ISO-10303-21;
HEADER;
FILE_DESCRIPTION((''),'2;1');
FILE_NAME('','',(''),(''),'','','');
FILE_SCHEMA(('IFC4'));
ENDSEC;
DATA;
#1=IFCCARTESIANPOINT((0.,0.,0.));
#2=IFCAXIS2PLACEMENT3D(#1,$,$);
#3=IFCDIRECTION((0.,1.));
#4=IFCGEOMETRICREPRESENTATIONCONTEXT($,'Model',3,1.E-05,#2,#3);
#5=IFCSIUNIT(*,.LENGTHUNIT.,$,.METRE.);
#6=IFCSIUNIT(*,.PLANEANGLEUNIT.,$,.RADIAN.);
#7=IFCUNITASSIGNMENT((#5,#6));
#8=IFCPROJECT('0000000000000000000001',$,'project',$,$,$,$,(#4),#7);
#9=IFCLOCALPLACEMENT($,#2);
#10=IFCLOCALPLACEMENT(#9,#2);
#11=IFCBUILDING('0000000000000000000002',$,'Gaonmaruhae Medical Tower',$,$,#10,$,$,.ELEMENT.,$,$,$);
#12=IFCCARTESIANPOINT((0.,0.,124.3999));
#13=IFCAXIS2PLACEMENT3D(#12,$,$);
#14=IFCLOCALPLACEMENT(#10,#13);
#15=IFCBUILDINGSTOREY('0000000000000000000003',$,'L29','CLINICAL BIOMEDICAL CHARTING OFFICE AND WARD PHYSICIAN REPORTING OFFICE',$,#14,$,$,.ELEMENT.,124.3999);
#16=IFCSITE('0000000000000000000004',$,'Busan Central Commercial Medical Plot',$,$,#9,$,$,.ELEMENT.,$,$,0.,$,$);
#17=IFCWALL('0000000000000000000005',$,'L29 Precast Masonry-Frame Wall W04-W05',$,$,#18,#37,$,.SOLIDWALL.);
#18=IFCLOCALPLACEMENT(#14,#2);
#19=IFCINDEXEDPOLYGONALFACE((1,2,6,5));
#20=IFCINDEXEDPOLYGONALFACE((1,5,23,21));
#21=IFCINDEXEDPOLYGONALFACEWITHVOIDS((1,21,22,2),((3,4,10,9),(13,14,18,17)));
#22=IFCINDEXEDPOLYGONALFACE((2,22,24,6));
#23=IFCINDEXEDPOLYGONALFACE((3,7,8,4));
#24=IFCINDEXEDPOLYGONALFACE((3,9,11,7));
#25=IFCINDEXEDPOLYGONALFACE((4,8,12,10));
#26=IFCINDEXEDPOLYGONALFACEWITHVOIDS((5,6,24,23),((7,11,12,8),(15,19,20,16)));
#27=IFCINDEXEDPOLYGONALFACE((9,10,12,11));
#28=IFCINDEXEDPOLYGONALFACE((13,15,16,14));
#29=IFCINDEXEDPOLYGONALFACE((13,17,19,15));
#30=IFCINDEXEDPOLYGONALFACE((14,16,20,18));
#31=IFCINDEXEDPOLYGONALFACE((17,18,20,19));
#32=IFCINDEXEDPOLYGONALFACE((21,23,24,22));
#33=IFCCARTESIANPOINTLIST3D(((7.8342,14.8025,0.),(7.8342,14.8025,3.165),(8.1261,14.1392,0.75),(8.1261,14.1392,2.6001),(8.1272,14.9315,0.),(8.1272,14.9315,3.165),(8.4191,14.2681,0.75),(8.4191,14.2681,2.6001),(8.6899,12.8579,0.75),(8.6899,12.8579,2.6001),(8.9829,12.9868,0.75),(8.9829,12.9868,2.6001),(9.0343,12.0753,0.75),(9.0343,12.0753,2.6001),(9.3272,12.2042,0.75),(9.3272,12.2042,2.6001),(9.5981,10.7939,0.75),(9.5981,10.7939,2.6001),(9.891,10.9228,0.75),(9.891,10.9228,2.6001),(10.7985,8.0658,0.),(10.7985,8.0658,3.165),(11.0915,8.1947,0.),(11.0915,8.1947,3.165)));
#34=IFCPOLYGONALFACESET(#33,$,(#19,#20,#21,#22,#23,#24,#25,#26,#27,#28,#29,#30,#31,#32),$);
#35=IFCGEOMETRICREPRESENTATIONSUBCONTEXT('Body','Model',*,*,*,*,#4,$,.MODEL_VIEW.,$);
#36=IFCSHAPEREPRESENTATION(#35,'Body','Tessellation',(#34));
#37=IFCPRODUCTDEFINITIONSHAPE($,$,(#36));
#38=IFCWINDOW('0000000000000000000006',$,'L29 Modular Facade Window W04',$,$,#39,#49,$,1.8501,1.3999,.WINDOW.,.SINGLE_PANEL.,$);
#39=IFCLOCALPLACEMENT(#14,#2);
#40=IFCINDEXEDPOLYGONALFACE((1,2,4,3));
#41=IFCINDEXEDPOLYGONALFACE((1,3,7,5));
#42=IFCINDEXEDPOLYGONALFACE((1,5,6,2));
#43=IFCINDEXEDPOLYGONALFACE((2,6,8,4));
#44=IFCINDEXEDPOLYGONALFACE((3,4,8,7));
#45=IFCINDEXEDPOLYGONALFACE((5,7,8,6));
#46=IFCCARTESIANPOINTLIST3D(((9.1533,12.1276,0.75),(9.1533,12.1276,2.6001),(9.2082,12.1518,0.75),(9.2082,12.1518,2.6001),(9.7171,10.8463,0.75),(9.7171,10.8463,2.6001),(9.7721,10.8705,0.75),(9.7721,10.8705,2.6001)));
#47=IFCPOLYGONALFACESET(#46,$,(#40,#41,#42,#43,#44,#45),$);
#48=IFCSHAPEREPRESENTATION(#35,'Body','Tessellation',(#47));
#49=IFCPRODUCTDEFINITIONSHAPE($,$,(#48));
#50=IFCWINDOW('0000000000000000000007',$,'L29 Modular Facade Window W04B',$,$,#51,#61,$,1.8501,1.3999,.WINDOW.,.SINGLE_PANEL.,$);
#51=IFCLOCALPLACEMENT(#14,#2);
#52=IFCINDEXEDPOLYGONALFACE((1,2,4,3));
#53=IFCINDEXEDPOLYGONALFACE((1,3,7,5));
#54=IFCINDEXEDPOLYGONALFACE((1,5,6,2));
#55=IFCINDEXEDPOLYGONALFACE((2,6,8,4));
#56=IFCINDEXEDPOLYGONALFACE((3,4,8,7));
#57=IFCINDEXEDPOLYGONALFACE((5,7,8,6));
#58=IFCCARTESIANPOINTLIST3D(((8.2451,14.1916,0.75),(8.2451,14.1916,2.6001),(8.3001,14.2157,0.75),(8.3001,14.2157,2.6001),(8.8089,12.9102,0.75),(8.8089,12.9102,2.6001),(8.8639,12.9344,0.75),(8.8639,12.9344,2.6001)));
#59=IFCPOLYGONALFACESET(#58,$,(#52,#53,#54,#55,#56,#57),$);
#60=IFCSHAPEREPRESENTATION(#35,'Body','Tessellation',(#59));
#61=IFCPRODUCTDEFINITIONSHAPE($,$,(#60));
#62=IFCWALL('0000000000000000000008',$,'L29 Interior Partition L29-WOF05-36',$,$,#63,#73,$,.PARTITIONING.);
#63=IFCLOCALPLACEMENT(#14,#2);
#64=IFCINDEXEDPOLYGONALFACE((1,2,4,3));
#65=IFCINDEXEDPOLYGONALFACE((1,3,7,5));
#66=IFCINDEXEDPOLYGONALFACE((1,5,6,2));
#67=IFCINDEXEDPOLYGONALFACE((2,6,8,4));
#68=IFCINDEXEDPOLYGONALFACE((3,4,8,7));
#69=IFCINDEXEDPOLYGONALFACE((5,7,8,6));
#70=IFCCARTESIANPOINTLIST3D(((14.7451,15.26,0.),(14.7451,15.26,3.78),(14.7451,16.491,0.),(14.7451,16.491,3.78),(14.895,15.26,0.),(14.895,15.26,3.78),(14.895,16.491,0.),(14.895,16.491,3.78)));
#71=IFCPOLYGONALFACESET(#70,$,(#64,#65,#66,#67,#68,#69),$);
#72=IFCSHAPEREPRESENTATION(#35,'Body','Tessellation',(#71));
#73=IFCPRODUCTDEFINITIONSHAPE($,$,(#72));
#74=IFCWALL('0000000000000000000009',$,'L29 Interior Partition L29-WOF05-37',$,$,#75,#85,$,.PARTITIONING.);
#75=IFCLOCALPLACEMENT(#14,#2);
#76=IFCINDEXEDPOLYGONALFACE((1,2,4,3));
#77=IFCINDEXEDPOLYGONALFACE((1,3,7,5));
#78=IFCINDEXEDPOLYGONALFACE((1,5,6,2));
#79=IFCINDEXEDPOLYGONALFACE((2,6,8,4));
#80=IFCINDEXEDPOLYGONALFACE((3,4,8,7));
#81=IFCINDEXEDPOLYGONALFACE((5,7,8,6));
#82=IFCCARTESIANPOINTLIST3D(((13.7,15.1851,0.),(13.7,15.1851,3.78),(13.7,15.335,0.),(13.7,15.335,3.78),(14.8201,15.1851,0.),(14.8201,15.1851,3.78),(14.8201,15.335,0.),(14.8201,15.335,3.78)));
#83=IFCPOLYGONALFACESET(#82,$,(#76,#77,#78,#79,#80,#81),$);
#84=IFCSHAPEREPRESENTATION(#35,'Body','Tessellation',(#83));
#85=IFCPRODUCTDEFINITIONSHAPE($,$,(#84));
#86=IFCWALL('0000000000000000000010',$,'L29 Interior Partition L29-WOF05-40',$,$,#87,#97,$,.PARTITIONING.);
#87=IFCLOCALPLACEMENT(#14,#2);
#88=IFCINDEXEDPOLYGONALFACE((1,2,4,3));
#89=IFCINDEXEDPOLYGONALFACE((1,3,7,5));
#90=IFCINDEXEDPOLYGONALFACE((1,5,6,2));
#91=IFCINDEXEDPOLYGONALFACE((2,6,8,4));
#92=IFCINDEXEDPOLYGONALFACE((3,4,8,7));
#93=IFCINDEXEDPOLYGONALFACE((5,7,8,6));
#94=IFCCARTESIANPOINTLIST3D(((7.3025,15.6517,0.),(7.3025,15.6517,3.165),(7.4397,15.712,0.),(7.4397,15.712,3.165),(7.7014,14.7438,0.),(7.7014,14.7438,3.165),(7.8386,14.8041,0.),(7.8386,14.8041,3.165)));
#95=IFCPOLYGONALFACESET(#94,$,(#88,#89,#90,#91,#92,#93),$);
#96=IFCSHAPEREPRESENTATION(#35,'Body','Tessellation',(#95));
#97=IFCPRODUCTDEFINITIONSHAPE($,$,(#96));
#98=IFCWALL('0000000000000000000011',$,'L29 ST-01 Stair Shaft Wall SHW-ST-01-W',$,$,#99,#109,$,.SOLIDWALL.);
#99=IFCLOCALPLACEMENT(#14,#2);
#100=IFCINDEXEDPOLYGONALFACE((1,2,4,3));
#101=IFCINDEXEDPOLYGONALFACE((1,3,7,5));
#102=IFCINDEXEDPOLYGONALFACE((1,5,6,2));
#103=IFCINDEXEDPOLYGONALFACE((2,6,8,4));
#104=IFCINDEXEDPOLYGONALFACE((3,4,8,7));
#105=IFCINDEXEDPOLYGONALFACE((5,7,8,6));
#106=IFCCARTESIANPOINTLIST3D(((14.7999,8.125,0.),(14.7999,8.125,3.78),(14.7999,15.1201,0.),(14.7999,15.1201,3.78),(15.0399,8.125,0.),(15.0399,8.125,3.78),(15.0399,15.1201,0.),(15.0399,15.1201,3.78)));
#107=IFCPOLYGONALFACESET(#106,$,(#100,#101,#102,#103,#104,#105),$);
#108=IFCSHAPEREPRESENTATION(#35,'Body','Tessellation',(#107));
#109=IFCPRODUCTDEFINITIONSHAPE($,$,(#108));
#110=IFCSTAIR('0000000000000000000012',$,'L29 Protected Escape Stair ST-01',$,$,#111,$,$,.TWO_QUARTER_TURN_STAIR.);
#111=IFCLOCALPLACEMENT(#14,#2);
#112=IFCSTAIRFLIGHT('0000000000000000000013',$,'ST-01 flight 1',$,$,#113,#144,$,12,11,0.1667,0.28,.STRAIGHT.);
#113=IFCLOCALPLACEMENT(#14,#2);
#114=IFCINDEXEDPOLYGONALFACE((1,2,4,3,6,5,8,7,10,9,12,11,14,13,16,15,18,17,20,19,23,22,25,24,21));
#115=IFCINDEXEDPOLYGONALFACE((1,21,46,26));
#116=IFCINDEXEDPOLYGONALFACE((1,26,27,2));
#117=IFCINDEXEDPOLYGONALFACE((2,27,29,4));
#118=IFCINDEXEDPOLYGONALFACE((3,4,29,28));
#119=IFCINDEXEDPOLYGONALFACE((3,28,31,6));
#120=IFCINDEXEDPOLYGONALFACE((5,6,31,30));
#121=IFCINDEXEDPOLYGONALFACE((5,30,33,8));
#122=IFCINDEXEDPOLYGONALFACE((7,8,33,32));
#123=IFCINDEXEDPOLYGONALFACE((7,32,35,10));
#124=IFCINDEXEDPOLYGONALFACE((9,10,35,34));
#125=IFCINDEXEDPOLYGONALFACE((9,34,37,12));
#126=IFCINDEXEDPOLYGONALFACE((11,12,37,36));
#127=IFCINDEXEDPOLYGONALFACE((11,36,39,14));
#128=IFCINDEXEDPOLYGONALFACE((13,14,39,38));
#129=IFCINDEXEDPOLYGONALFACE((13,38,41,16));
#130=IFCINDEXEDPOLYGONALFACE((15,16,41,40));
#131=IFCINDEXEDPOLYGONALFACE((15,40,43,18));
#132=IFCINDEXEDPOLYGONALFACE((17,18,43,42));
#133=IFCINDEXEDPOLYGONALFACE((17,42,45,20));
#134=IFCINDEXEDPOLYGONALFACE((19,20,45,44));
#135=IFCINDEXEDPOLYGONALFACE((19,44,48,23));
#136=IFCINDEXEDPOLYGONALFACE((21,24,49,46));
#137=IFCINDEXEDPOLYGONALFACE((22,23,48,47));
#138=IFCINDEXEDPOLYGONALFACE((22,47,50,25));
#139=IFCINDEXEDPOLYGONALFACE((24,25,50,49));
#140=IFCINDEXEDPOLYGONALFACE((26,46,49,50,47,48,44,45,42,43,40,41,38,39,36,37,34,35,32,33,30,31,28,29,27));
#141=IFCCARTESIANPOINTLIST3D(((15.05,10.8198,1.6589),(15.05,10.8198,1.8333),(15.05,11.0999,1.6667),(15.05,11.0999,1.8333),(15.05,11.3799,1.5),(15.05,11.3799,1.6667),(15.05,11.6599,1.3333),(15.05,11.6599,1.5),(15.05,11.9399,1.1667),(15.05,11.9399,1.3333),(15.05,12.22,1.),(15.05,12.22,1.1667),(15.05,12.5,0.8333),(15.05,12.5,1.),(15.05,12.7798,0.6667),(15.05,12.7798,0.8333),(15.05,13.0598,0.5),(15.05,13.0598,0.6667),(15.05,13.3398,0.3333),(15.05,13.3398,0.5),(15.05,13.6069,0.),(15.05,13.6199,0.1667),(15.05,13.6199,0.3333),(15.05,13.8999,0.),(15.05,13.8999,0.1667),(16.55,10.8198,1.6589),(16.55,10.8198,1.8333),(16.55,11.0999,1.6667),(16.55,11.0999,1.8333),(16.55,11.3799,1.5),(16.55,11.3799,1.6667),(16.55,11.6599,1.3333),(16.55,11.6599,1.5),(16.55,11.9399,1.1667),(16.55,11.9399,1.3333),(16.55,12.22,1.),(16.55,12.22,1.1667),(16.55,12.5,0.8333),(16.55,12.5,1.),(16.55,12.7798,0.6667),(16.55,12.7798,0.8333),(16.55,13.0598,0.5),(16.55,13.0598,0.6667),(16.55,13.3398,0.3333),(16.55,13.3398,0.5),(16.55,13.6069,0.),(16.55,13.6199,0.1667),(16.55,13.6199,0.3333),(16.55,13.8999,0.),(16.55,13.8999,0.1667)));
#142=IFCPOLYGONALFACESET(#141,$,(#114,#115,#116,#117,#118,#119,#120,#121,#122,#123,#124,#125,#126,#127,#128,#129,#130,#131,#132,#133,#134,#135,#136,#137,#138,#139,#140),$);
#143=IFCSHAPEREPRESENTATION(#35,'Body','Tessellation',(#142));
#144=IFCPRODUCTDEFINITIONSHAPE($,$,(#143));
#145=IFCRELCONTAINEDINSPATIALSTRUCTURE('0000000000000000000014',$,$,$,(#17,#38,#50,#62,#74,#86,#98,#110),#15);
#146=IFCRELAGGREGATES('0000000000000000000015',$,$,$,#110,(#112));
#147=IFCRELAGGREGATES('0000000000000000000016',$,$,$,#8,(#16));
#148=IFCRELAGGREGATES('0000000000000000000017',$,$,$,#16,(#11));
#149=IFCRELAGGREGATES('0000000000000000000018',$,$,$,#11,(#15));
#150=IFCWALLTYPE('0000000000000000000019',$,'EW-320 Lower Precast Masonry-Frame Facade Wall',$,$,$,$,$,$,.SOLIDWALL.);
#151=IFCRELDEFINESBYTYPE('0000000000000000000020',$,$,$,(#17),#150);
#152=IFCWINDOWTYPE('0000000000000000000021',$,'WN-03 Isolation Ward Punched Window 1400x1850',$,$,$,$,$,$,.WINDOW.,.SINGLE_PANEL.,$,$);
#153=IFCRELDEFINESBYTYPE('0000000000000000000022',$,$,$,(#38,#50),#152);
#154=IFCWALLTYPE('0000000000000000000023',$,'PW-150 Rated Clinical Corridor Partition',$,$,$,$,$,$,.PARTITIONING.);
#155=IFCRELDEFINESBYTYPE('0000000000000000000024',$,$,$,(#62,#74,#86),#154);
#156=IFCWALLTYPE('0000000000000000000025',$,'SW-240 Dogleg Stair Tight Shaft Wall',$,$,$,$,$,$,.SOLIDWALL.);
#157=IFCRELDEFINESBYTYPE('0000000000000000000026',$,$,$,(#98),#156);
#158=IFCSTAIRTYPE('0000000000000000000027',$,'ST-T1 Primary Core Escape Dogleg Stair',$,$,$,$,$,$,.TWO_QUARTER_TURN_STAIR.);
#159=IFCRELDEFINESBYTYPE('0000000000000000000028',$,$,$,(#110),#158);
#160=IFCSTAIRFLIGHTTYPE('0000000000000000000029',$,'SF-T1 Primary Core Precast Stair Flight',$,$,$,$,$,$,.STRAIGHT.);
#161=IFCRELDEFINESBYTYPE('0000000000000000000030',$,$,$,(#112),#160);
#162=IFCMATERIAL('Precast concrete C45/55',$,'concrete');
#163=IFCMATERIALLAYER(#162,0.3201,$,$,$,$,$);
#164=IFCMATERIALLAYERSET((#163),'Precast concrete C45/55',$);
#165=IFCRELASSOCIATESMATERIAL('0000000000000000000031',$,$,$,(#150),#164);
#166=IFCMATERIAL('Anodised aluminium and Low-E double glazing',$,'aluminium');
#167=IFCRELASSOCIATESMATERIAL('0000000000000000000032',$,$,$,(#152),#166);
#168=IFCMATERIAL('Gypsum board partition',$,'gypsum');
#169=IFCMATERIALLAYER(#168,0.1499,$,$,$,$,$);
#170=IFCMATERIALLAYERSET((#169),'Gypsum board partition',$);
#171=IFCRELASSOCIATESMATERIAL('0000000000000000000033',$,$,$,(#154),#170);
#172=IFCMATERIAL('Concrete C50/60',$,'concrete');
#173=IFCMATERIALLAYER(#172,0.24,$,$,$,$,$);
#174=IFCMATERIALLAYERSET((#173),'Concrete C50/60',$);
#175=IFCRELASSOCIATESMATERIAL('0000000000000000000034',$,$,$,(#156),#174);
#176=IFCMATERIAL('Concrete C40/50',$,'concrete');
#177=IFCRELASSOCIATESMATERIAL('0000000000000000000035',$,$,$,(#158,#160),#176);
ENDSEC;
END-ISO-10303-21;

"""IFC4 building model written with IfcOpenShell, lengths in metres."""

from ifc_helpers import new_model, si_unit, direction, frame, frame_2d, origin, place, context, subcontext, project, spatial, polyline, rectangle, outline, extrude, material, layer, layer_set, type_object, element, fill, aggregate, save


model = new_model("IFC4")

# Units and contexts
model_context = context("Model", 3, precision=1e-05, world=origin(), true_north=direction((0.0, 1.0)))
body_context = subcontext(model_context, "Body", "Model", "MODEL_VIEW")
ifc_project = project(units=[si_unit("LENGTHUNIT", "METRE"), si_unit("PLANEANGLEUNIT", "RADIAN")], contexts=[model_context])

# Site, building, storey
site_placement = place(None, origin())
site = spatial("IfcSite", under=ifc_project, at=site_placement, Name="Busan Central Commercial Medical Plot", CompositionType="ELEMENT", RefElevation=0.0)
building_placement = place(site_placement, origin())
building = spatial("IfcBuilding", under=site, at=building_placement, Name="Gaonmaruhae Medical Tower", CompositionType="ELEMENT")
storey_placement = place(building_placement, frame((0.0, 0.0, 124.3999)))
storey = spatial("IfcBuildingStorey", under=building, at=storey_placement, Name="L29", Description="CLINICAL BIOMEDICAL CHARTING OFFICE AND WARD PHYSICIAN REPORTING OFFICE", CompositionType="ELEMENT", Elevation=124.3999)

# Shared definitions
ifc_material_1 = material(Name="Precast concrete C45/55", Category="concrete")
ifc_layer_1 = layer(ifc_material_1, 0.3201)
ifc_layer_set_1 = layer_set([ifc_layer_1], Name="Precast concrete C45/55")
wall_type_1 = type_object("IfcWallType", Name="EW-320 Lower Precast Masonry-Frame Facade Wall", PredefinedType="SOLIDWALL", material=ifc_layer_set_1)
ifc_material_2 = material(Name="Anodised aluminium and Low-E double glazing", Category="aluminium")

# Wall, openings, windows
wall_1_placement = place(storey_placement, frame((10.9451, 8.1301, 0.0), z_axis=(0.0, 0.0, 1.0), x_axis=(-0.402756, 0.915307, 0.0)))
wall_1 = element("IfcWall", 1, at=wall_1_placement, inside=storey, type_object=wall_type_1, Name="L29 Precast Masonry-Frame Wall W04-W05", PredefinedType="SOLIDWALL", context=body_context, shape_type="SweptSolid", body=[
    extrude(rectangle(XDim=7.3601, YDim=0.3201, at=frame_2d((3.6802, 0.0))), origin(), (0.0, 0.0, 1.0), 3.165),
])
opening_1_placement = place(wall_1_placement, frame((2.9807, 0.0, 0.75)))
opening_1 = element("IfcOpeningElement", 2, at=opening_1_placement, cuts=wall_1, PredefinedType="OPENING", context=body_context, shape_type="SweptSolid", body=[
    extrude(rectangle(XDim=1.3999, YDim=1.8501, at=frame_2d((0.7, 0.925))), frame((0.0, 0.1699, 0.0), z_axis=(0.0, -1.0, 0.0), x_axis=(1.0, 0.0, 0.0)), (0.0, 0.0, 1.0), 0.3401),
])
opening_2_placement = place(wall_1_placement, frame((5.2356, 0.0, 0.75)))
opening_2 = element("IfcOpeningElement", 3, at=opening_2_placement, cuts=wall_1, PredefinedType="OPENING", context=body_context, shape_type="SweptSolid", body=[
    extrude(rectangle(XDim=1.3999, YDim=1.8501, at=frame_2d((0.7, 0.925))), frame((0.0, 0.1699, 0.0), z_axis=(0.0, -1.0, 0.0), x_axis=(1.0, 0.0, 0.0)), (0.0, 0.0, 1.0), 0.3401),
])
window_type_1 = type_object("IfcWindowType", Name="WN-03 Isolation Ward Punched Window 1400x1850", PartitioningType="SINGLE_PANEL", PredefinedType="WINDOW", material=ifc_material_2)
window_1_placement = place(opening_1_placement, origin())
window_1 = element("IfcWindow", 4, at=window_1_placement, inside=storey, type_object=window_type_1, Name="L29 Modular Facade Window W04", OverallHeight=1.8501, OverallWidth=1.3999, PartitioningType="SINGLE_PANEL", PredefinedType="WINDOW", context=body_context, shape_type="SweptSolid", body=[
    extrude(rectangle(XDim=1.3999, YDim=1.8501, at=frame_2d((0.7, 0.925))), frame((0.0, 0.03, 0.0), z_axis=(0.0, -1.0, 0.0), x_axis=(1.0, 0.0, 0.0)), (0.0, 0.0, 1.0), 0.0601),
])
fill(opening_1, window_1)
window_2_placement = place(opening_2_placement, origin())
window_2 = element("IfcWindow", 5, at=window_2_placement, inside=storey, type_object=window_type_1, Name="L29 Modular Facade Window W04B", OverallHeight=1.8501, OverallWidth=1.3999, PartitioningType="SINGLE_PANEL", PredefinedType="WINDOW", context=body_context, shape_type="SweptSolid", body=[
    extrude(rectangle(XDim=1.3999, YDim=1.8501, at=frame_2d((0.7, 0.925))), frame((0.0, 0.03, 0.0), z_axis=(0.0, -1.0, 0.0), x_axis=(1.0, 0.0, 0.0)), (0.0, 0.0, 1.0), 0.0601),
])
fill(opening_2, window_2)

# Walls
ifc_material_3 = material(Name="Gypsum board partition", Category="gypsum")
ifc_layer_2 = layer(ifc_material_3, 0.1499)
ifc_layer_set_2 = layer_set([ifc_layer_2], Name="Gypsum board partition")
wall_type_2 = type_object("IfcWallType", Name="PW-150 Rated Clinical Corridor Partition", PredefinedType="PARTITIONING", material=ifc_layer_set_2)
wall_2_placement = place(storey_placement, frame((14.8201, 16.491, 0.0), z_axis=(0.0, 0.0, 1.0), x_axis=(0.0, -1.0, 0.0)))
element("IfcWall", 6, at=wall_2_placement, inside=storey, type_object=wall_type_2, Name="L29 Interior Partition L29-WOF05-36", PredefinedType="PARTITIONING", context=body_context, shape_type="SweptSolid", body=[
    extrude(rectangle(XDim=1.231, YDim=0.1499, at=frame_2d((0.6155, 0.0))), origin(), (0.0, 0.0, 1.0), 3.78),
])
wall_3_placement = place(storey_placement, frame((14.8201, 15.26, 0.0), z_axis=(0.0, 0.0, 1.0), x_axis=(-1.0, 0.0, 0.0)))
element("IfcWall", 7, at=wall_3_placement, inside=storey, type_object=wall_type_2, Name="L29 Interior Partition L29-WOF05-37", PredefinedType="PARTITIONING", context=body_context, shape_type="SweptSolid", body=[
    extrude(rectangle(XDim=1.1201, YDim=0.1499, at=frame_2d((0.5601, 0.0))), origin(), (0.0, 0.0, 1.0), 3.78),
])
wall_4_placement = place(storey_placement, frame((7.77, 14.7739, 0.0), z_axis=(0.0, 0.0, 1.0), x_axis=(-0.402252, 0.915529, 0.0)))
element("IfcWall", 8, at=wall_4_placement, inside=storey, type_object=wall_type_2, Name="L29 Interior Partition L29-WOF05-40", PredefinedType="PARTITIONING", context=body_context, shape_type="SweptSolid", body=[
    extrude(rectangle(XDim=0.9917, YDim=0.1499, at=frame_2d((0.4958, 0.0))), origin(), (0.0, 0.0, 1.0), 3.165),
])

# Shared definitions
ifc_material_4 = material(Name="Concrete C50/60", Category="concrete")
ifc_layer_3 = layer(ifc_material_4, 0.24)
ifc_layer_set_3 = layer_set([ifc_layer_3], Name="Concrete C50/60")
wall_type_3 = type_object("IfcWallType", Name="SW-240 Dogleg Stair Tight Shaft Wall", PredefinedType="SOLIDWALL", material=ifc_layer_set_3)

# Wall
wall_5_placement = place(storey_placement, frame((14.9199, 8.125, 0.0), z_axis=(0.0, 0.0, 1.0), x_axis=(0.0, 1.0, 0.0)))
element("IfcWall", 9, at=wall_5_placement, inside=storey, type_object=wall_type_3, Name="L29 ST-01 Stair Shaft Wall SHW-ST-01-W", PredefinedType="SOLIDWALL", context=body_context, shape_type="SweptSolid", body=[
    extrude(rectangle(XDim=6.9951, YDim=0.24, at=frame_2d((3.4976, 0.0))), origin(), (0.0, 0.0, 1.0), 3.78),
])

# Stair, stair flight
ifc_material_5 = material(Name="Concrete C40/50", Category="concrete")
stair_type = type_object("IfcStairType", Name="ST-T1 Primary Core Escape Dogleg Stair", PredefinedType="TWO_QUARTER_TURN_STAIR", material=ifc_material_5)
stair_placement = place(storey_placement, origin())
stair = element("IfcStair", 10, at=stair_placement, inside=storey, type_object=stair_type, Name="L29 Protected Escape Stair ST-01", PredefinedType="TWO_QUARTER_TURN_STAIR")
stair_flight_type = type_object("IfcStairFlightType", Name="SF-T1 Primary Core Precast Stair Flight", PredefinedType="STRAIGHT", material=ifc_material_5)
stair_flight_placement = place(storey_placement, frame((15.8, 13.8999, 0.0), z_axis=(0.0, 0.0, 1.0), x_axis=(0.0, -1.0, 0.0)))
stair_flight = element("IfcStairFlight", 11, at=stair_flight_placement, type_object=stair_flight_type, Name="ST-01 flight 1", NumberOfRisers=12, NumberOfTreads=11, PredefinedType="STRAIGHT", RiserHeight=0.1667, TreadLength=0.28, context=body_context, shape_type="SweptSolid", body=[
    extrude(outline(polyline([(0.0, 0.0), (0.0, 0.1667), (0.28, 0.1667), (0.28, 0.3333), (0.5601, 0.3333), (0.5601, 0.5), (0.8401, 0.5), (0.8401, 0.6667), (1.1201, 0.6667), (1.1201, 0.8333), (1.3999, 0.8333), (1.3999, 1.0), (1.6799, 1.0), (1.6799, 1.1667), (1.96, 1.1667), (1.96, 1.3333), (2.24, 1.3333), (2.24, 1.5), (2.52, 1.5), (2.52, 1.6667), (2.8, 1.6667), (2.8, 1.8333), (3.0801, 1.8333), (3.0801, 2.0), (3.0801, 1.6589), (0.293, 0.0), (0.0, 0.0)])), frame((0.0, 0.75, 0.0), z_axis=(0.0, -1.0, 0.0), x_axis=(1.0, 0.0, 0.0)), (0.0, 0.0, 1.0), 1.5),
])
aggregate(stair, [stair_flight])

save(model, "model.ifc")
